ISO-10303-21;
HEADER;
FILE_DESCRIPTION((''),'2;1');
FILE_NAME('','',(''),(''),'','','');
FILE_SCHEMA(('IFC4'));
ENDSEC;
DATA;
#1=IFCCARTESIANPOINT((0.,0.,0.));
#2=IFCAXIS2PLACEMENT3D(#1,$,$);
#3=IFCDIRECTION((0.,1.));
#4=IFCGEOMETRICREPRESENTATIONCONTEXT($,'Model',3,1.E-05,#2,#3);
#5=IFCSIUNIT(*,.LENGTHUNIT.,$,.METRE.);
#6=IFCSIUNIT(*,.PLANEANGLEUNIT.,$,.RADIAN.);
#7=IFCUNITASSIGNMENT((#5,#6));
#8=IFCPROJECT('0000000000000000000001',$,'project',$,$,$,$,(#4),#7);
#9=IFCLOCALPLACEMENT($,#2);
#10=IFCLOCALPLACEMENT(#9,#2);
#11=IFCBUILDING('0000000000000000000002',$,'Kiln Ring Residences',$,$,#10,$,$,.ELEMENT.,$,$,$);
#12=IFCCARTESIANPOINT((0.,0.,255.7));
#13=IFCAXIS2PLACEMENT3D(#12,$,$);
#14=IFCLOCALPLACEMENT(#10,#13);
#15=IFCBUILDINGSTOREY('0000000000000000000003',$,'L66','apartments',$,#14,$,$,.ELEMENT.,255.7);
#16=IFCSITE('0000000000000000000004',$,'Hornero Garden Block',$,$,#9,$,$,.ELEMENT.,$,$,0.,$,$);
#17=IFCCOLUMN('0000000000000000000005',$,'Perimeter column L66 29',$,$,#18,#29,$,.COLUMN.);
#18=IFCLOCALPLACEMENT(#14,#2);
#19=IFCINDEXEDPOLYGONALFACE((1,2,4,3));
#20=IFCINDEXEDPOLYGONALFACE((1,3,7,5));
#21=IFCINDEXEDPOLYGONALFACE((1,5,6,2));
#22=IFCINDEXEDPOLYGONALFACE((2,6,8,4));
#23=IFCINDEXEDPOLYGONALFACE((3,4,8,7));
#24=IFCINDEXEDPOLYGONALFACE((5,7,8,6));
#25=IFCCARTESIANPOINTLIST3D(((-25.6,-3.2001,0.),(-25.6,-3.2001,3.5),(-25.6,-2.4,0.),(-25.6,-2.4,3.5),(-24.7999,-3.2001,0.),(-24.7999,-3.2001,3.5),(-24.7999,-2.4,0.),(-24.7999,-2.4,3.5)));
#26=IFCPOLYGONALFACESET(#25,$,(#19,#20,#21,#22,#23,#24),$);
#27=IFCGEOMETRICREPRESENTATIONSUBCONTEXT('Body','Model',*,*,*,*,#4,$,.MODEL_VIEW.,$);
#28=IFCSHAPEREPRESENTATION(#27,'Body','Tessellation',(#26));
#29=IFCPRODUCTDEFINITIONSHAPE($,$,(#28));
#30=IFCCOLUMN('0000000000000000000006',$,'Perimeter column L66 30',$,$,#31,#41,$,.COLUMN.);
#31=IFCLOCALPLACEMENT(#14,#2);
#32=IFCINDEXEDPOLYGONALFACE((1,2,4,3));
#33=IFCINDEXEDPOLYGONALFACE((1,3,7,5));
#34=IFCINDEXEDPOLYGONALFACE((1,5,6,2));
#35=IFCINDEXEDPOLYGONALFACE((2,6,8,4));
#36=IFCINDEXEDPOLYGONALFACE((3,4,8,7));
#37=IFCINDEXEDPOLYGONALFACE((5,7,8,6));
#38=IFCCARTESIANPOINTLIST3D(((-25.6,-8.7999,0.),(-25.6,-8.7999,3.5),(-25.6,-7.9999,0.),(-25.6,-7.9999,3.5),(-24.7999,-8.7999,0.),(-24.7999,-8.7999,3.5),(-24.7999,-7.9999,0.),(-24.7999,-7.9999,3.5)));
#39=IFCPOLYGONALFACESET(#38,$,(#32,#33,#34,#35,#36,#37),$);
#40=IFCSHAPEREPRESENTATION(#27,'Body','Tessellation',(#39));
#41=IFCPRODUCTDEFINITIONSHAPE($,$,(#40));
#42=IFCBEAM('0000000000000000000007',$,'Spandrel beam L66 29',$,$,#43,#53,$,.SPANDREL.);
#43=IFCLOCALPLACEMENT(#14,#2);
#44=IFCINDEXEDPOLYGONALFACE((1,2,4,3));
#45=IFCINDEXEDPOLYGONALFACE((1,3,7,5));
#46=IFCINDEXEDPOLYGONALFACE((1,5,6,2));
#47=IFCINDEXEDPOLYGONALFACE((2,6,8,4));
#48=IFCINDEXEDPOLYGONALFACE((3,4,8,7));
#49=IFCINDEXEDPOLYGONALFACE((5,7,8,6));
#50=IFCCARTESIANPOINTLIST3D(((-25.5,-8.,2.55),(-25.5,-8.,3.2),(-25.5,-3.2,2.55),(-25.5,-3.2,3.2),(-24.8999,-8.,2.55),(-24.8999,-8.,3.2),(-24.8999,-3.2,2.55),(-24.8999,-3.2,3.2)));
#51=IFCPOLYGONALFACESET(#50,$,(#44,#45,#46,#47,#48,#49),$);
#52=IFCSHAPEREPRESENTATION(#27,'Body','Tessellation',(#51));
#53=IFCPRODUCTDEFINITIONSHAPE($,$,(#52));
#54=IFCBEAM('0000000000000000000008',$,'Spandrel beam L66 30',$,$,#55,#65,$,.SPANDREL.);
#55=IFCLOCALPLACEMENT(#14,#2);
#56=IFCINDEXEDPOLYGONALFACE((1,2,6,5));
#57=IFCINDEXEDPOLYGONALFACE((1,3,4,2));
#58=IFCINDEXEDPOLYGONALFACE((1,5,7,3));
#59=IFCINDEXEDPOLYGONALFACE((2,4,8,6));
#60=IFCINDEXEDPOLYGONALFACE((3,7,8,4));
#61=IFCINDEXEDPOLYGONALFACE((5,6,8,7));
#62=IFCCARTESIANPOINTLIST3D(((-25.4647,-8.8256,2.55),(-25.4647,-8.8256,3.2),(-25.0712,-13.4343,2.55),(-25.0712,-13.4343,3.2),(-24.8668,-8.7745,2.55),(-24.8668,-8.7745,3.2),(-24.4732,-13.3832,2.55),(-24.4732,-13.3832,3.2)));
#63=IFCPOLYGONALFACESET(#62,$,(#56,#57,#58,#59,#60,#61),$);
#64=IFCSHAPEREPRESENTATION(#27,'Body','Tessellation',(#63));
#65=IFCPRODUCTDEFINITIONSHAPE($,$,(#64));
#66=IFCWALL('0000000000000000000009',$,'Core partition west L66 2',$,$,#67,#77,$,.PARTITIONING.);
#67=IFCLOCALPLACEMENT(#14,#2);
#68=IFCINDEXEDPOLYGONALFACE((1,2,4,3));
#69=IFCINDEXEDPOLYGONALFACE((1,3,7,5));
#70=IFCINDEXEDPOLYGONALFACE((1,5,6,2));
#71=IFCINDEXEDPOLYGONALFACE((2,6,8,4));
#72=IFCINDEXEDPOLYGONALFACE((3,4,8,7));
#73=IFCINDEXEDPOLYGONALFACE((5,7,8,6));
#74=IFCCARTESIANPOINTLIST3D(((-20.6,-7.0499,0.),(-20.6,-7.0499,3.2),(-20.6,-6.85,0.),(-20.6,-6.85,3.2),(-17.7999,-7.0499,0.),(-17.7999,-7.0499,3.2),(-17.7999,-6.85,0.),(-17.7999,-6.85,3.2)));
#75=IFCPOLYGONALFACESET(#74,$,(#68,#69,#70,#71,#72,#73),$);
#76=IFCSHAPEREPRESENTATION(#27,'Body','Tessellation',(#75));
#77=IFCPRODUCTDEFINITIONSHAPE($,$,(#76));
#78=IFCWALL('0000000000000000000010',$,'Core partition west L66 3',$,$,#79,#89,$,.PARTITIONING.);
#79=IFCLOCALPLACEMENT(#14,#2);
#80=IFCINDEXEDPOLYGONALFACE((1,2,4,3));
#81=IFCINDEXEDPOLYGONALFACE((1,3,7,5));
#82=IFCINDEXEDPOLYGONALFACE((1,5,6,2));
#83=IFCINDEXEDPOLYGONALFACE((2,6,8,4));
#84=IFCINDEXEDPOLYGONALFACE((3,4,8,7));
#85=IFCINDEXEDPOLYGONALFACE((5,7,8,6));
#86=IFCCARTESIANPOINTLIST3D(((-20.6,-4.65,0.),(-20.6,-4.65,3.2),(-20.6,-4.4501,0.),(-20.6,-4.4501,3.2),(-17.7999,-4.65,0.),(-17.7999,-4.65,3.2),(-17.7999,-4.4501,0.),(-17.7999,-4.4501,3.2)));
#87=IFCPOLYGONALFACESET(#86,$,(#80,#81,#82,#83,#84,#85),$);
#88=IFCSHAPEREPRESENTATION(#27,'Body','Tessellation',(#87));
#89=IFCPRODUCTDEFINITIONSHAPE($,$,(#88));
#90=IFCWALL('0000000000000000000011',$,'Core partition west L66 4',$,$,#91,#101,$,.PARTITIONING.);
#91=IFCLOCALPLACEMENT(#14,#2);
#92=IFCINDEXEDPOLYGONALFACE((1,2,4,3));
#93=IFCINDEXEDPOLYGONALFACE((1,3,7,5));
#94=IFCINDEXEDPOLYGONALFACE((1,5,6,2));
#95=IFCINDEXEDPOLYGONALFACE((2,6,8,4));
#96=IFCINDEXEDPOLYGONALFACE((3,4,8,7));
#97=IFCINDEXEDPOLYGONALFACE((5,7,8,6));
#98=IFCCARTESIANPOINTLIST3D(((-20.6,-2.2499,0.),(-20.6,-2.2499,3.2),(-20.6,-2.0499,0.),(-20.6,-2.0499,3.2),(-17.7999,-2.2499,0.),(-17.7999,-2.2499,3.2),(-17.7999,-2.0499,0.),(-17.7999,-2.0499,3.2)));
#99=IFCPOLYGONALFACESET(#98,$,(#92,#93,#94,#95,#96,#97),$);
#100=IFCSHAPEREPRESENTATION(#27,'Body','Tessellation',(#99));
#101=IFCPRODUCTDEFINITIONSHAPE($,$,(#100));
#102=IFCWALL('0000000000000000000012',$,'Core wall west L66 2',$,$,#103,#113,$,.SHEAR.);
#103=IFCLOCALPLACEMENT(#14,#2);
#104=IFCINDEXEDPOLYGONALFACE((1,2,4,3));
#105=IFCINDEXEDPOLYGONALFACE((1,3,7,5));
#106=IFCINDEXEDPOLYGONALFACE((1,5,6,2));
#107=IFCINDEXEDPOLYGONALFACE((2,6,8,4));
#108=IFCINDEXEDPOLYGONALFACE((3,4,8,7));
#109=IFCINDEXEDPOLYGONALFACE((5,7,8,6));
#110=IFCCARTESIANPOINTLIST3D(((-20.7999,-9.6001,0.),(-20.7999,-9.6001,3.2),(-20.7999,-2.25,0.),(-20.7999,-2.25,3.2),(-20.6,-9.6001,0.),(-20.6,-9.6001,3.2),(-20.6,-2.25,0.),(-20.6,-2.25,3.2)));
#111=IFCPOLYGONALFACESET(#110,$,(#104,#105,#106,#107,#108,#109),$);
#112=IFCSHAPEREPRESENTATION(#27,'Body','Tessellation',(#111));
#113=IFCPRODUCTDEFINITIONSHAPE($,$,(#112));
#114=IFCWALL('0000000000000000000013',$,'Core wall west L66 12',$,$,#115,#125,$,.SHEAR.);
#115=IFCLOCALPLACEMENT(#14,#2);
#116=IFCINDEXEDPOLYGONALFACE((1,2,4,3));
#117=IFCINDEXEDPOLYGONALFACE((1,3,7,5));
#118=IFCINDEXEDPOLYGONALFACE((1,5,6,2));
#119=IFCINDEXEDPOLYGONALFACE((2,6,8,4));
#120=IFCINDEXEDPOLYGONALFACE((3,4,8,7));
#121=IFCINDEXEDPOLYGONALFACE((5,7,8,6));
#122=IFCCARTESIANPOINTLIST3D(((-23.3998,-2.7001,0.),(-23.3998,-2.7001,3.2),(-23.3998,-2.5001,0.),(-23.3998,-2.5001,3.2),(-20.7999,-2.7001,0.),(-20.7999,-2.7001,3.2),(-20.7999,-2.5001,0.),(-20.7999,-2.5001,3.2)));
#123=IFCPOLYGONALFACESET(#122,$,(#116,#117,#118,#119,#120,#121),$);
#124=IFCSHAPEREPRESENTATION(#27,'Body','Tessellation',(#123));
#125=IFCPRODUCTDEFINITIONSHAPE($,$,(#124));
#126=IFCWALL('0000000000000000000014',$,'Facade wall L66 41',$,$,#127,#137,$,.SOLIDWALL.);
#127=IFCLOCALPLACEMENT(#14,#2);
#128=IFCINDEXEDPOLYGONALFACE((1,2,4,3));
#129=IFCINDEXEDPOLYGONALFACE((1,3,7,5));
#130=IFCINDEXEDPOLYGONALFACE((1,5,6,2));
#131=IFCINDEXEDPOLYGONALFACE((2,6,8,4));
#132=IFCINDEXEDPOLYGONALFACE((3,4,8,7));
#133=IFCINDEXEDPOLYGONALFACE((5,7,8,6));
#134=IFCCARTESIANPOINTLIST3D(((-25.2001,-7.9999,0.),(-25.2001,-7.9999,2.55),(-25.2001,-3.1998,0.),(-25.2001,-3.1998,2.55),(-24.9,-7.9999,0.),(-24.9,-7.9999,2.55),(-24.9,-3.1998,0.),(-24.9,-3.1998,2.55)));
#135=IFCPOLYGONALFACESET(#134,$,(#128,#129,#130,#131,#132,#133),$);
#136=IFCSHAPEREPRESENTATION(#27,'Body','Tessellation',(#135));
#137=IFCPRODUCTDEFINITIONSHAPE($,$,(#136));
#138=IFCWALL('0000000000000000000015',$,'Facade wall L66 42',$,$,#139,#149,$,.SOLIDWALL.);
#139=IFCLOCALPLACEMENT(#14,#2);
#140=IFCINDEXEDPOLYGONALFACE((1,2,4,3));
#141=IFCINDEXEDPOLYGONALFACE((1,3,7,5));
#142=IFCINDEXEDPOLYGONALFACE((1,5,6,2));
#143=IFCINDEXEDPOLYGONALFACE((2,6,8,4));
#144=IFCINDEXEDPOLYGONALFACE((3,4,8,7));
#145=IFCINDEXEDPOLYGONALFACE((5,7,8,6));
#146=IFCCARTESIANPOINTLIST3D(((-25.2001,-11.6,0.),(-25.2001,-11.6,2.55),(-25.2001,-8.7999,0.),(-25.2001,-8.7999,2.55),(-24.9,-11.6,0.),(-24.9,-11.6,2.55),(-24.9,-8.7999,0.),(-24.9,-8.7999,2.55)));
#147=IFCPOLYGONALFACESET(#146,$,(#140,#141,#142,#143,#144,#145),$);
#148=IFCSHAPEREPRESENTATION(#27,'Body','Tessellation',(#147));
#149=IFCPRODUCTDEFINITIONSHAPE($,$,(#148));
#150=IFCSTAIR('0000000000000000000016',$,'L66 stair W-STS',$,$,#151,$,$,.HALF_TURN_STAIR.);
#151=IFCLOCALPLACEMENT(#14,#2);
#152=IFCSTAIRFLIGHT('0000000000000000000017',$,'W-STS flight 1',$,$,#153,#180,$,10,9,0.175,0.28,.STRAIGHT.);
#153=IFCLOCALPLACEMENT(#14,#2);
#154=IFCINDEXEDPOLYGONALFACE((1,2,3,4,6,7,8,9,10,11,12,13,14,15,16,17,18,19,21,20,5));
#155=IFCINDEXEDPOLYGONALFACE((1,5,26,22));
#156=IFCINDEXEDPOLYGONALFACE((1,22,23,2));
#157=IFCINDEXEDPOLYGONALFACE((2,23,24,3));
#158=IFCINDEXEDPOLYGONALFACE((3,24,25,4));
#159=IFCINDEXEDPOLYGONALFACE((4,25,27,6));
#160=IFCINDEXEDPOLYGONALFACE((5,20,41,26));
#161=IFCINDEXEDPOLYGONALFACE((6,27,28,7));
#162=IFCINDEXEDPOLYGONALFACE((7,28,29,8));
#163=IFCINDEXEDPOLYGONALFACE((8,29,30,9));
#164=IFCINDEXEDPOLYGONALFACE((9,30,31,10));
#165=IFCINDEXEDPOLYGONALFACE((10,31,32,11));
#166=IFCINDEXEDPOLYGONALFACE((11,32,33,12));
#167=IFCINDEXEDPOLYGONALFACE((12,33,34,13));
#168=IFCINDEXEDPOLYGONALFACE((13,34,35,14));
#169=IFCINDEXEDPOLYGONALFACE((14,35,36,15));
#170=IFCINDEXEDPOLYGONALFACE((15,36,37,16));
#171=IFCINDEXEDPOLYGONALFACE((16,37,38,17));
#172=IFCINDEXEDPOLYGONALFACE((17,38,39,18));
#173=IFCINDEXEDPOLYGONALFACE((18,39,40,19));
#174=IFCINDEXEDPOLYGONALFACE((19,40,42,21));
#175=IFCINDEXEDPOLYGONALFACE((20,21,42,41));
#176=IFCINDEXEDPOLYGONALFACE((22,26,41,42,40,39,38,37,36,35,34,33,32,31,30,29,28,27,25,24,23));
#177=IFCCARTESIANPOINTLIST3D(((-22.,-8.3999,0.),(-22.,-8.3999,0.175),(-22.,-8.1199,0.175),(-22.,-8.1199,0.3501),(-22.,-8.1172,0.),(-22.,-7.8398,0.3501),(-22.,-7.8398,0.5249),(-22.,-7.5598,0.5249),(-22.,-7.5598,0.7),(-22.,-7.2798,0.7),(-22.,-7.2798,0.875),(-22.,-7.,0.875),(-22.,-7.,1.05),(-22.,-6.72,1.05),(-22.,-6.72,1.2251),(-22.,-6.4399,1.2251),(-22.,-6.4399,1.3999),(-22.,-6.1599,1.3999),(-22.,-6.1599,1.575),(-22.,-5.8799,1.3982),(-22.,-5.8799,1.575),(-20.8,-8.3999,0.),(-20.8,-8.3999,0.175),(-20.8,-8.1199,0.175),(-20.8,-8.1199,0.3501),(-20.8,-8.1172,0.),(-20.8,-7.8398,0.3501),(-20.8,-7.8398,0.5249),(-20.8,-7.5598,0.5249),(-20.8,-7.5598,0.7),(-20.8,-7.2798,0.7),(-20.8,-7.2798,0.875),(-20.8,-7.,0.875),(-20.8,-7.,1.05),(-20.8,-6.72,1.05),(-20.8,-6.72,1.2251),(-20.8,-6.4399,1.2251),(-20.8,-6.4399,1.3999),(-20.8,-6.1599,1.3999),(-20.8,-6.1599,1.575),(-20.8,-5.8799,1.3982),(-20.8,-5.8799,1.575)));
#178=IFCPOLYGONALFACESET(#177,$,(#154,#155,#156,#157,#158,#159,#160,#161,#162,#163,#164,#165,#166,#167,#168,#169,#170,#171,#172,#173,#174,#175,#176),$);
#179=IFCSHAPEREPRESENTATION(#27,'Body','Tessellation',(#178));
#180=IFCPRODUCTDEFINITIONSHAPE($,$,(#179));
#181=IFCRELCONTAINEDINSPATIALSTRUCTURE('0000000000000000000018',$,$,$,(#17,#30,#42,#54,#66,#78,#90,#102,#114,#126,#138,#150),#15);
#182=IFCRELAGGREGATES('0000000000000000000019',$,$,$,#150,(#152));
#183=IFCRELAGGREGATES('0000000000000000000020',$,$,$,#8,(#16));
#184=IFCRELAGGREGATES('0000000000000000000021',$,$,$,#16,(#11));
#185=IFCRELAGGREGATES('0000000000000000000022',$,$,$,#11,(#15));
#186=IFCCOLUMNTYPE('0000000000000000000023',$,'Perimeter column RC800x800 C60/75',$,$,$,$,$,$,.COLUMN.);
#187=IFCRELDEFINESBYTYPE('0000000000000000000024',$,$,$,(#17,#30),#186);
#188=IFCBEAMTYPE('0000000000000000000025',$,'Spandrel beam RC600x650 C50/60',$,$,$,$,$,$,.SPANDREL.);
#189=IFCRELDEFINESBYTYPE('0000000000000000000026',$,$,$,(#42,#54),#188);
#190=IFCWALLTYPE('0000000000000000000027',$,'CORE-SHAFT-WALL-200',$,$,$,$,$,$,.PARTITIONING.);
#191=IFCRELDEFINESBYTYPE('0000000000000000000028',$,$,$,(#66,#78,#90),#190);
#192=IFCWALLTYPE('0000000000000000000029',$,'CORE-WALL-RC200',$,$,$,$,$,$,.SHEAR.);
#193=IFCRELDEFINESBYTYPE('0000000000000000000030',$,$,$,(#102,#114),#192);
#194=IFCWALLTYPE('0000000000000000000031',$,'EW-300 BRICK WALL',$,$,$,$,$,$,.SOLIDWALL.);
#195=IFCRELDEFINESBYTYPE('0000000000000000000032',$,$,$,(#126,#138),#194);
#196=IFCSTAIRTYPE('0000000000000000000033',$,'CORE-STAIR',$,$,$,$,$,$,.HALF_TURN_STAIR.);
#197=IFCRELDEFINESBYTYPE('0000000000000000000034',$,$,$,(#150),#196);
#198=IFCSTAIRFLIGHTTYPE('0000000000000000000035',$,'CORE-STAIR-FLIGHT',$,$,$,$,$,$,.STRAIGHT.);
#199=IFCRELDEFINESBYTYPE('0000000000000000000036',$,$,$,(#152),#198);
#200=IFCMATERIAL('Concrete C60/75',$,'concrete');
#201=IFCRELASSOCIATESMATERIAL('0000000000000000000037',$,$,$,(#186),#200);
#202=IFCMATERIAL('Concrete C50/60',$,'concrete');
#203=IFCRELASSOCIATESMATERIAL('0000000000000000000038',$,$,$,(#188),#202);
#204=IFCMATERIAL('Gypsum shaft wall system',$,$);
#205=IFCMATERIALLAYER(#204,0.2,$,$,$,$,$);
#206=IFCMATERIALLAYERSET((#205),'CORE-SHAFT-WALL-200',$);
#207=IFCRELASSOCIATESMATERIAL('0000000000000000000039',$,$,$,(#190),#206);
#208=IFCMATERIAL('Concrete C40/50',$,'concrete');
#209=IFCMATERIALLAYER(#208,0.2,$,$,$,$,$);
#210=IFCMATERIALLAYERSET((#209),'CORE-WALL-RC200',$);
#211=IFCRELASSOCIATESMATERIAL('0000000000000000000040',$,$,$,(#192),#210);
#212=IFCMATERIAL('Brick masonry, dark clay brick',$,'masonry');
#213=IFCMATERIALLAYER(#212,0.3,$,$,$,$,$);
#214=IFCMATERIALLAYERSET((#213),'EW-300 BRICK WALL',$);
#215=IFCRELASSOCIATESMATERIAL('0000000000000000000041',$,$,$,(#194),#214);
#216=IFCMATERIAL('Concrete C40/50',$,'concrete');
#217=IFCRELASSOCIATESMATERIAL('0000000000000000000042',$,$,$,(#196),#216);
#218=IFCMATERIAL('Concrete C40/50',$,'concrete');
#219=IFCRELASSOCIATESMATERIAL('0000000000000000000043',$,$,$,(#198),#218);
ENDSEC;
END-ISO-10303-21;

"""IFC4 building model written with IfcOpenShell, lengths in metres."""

from ifc_helpers import new_model, si_unit, direction, frame, frame_2d, origin, origin_2d, place, context, subcontext, project, spatial, polyline, rectangle, outline, extrude, material, layer, layer_set, material_profile, profile_set, type_object, element, aggregate, save


model = new_model("IFC4")

# Units and contexts
model_context = context("Model", 3, precision=1e-05, world=origin(), true_north=direction((0.0, 1.0)))
body_context = subcontext(model_context, "Body", "Model", "MODEL_VIEW")
ifc_project = project(units=[si_unit("LENGTHUNIT", "METRE"), si_unit("PLANEANGLEUNIT", "RADIAN")], contexts=[model_context])

# Site, building, storey
site_placement = place(None, origin())
site = spatial("IfcSite", under=ifc_project, at=site_placement, Name="Hornero Garden Block", CompositionType="ELEMENT", RefElevation=0.0)
building_placement = place(site_placement, origin())
building = spatial("IfcBuilding", under=site, at=building_placement, Name="Kiln Ring Residences", CompositionType="ELEMENT")
storey_placement = place(building_placement, frame((0.0, 0.0, 255.7)))
storey = spatial("IfcBuildingStorey", under=building, at=storey_placement, Name="L66", Description="apartments", CompositionType="ELEMENT", Elevation=255.7)

# Columns
ifc_material_1 = material(Name="Concrete C60/75", Category="concrete")
ifc_material_profile_1 = material_profile(ifc_material_1, rectangle(XDim=0.8, YDim=0.8, at=origin_2d()), Name="RC800x800")
ifc_profile_set_1 = profile_set([ifc_material_profile_1], Name="Concrete C60/75")
column_type = type_object("IfcColumnType", Name="Perimeter column RC800x800 C60/75", PredefinedType="COLUMN", material=ifc_profile_set_1)
for number, where, z_axis, x_axis, name in (
    (1, (-25.2, -2.8, 0.0), (0.0, 0.0, 1.0), (1.0, 0.0, 0.0), "Perimeter column L66 29"),
    (2, (-25.2, -8.3999, 0.0), (0.0, 0.0, 1.0), (1.0, 0.0, 0.0), "Perimeter column L66 30"),
):
    element("IfcColumn", number, at=place(storey_placement, frame(where, z_axis=z_axis, x_axis=x_axis)), inside=storey, type_object=column_type, Name=name, PredefinedType="COLUMN", context=body_context, shape_type="SweptSolid", body=[
        extrude(rectangle(XDim=0.8, YDim=0.8, at=origin_2d()), origin(), (0.0, 0.0, 1.0), 3.5),
    ])

# Beams
ifc_material_2 = material(Name="Concrete C50/60", Category="concrete")
ifc_material_profile_2 = material_profile(ifc_material_2, rectangle(XDim=0.6001, YDim=0.6499, at=origin_2d()), Name="RC600x650")
ifc_profile_set_2 = profile_set([ifc_material_profile_2], Name="Concrete C50/60")
beam_type = type_object("IfcBeamType", Name="Spandrel beam RC600x650 C50/60", PredefinedType="SPANDREL", material=ifc_profile_set_2)
beam_1_placement = place(storey_placement, frame((-25.2, -3.2, 2.875), z_axis=(0.0, -1.0, 0.0), x_axis=(1.0, 0.0, 0.0)))
element("IfcBeam", 3, at=beam_1_placement, inside=storey, type_object=beam_type, Name="Spandrel beam L66 29", PredefinedType="SPANDREL", context=body_context, shape_type="SweptSolid", body=[
    extrude(rectangle(XDim=0.6001, YDim=0.6499, at=origin_2d()), origin(), (0.0, 0.0, 1.0), 4.8),
])
beam_2_placement = place(storey_placement, frame((-25.1658, -8.8, 2.875), z_axis=(0.085085, -0.996374, 0.0), x_axis=(0.996374, 0.085085, 0.0)))
element("IfcBeam", 4, at=beam_2_placement, inside=storey, type_object=beam_type, Name="Spandrel beam L66 30", PredefinedType="SPANDREL", context=body_context, shape_type="SweptSolid", body=[
    extrude(rectangle(XDim=0.6001, YDim=0.6499, at=origin_2d()), origin(), (0.0, 0.0, 1.0), 4.6255),
])

# Walls
ifc_material_3 = material(Name="Gypsum shaft wall system")
ifc_layer_1 = layer(ifc_material_3, 0.2)
ifc_layer_set_1 = layer_set([ifc_layer_1], Name="CORE-SHAFT-WALL-200")
wall_type_1 = type_object("IfcWallType", Name="CORE-SHAFT-WALL-200", PredefinedType="PARTITIONING", material=ifc_layer_set_1)
for number, where, z_axis, x_axis, name in (
    (5, (-17.8, -6.95, 0.0), (0.0, 0.0, 1.0), (-1.0, 0.0, 0.0), "Core partition west L66 2"),
    (6, (-17.8, -4.55, 0.0), (0.0, 0.0, 1.0), (-1.0, 0.0, 0.0), "Core partition west L66 3"),
    (7, (-17.8, -2.1499, 0.0), (0.0, 0.0, 1.0), (-1.0, 0.0, 0.0), "Core partition west L66 4"),
):
    element("IfcWall", number, at=place(storey_placement, frame(where, z_axis=z_axis, x_axis=x_axis)), inside=storey, type_object=wall_type_1, Name=name, PredefinedType="PARTITIONING", context=body_context, shape_type="SweptSolid", body=[
        extrude(rectangle(XDim=2.8, YDim=0.2, at=frame_2d((1.3999, 0.0))), origin(), (0.0, 0.0, 1.0), 3.2),
    ])
ifc_material_4 = material(Name="Concrete C40/50", Category="concrete")
ifc_layer_2 = layer(ifc_material_4, 0.2)
ifc_layer_set_2 = layer_set([ifc_layer_2], Name="CORE-WALL-RC200")
wall_type_2 = type_object("IfcWallType", Name="CORE-WALL-RC200", PredefinedType="SHEAR", material=ifc_layer_set_2)
wall_1_placement = place(storey_placement, frame((-20.7, -9.6001, 0.0), z_axis=(0.0, 0.0, 1.0), x_axis=(0.0, 1.0, 0.0)))
element("IfcWall", 8, at=wall_1_placement, inside=storey, type_object=wall_type_2, Name="Core wall west L66 2", PredefinedType="SHEAR", context=body_context, shape_type="SweptSolid", body=[
    extrude(rectangle(XDim=7.3501, YDim=0.2, at=frame_2d((3.675, 0.0))), origin(), (0.0, 0.0, 1.0), 3.2),
])
wall_2_placement = place(storey_placement, frame((-20.8, -2.6001, 0.0), z_axis=(0.0, 0.0, 1.0), x_axis=(-1.0, 0.0, 0.0)))
element("IfcWall", 9, at=wall_2_placement, inside=storey, type_object=wall_type_2, Name="Core wall west L66 12", PredefinedType="SHEAR", context=body_context, shape_type="SweptSolid", body=[
    extrude(rectangle(XDim=2.5999, YDim=0.2, at=frame_2d((1.2998, 0.0))), origin(), (0.0, 0.0, 1.0), 3.2),
])
ifc_material_5 = material(Name="Brick masonry, dark clay brick", Category="masonry")
ifc_layer_3 = layer(ifc_material_5, 0.3)
ifc_layer_set_3 = layer_set([ifc_layer_3], Name="EW-300 BRICK WALL")
wall_type_3 = type_object("IfcWallType", Name="EW-300 BRICK WALL", PredefinedType="SOLIDWALL", material=ifc_layer_set_3)
wall_3_placement = place(storey_placement, frame((-25.05, -3.2, 0.0), z_axis=(0.0, 0.0, 1.0), x_axis=(0.0, -1.0, 0.0)))
element("IfcWall", 10, at=wall_3_placement, inside=storey, type_object=wall_type_3, Name="Facade wall L66 41", PredefinedType="SOLIDWALL", context=body_context, shape_type="SweptSolid", body=[
    extrude(rectangle(XDim=4.8, YDim=0.3, at=frame_2d((2.3999, 0.0))), origin(), (0.0, 0.0, 1.0), 2.55),
])
wall_4_placement = place(storey_placement, frame((-25.05, -8.8, 0.0), z_axis=(0.0, 0.0, 1.0), x_axis=(0.0, -1.0, 0.0)))
element("IfcWall", 11, at=wall_4_placement, inside=storey, type_object=wall_type_3, Name="Facade wall L66 42", PredefinedType="SOLIDWALL", context=body_context, shape_type="SweptSolid", body=[
    extrude(rectangle(XDim=2.8, YDim=0.3, at=frame_2d((1.3999, 0.0))), origin(), (0.0, 0.0, 1.0), 2.55),
])

# Stair, stair flight
ifc_material_6 = material(Name="Concrete C40/50", Category="concrete")
stair_type = type_object("IfcStairType", Name="CORE-STAIR", PredefinedType="HALF_TURN_STAIR", material=ifc_material_6)
stair_placement = place(storey_placement, origin())
stair = element("IfcStair", 12, at=stair_placement, inside=storey, type_object=stair_type, Name="L66 stair W-STS", PredefinedType="HALF_TURN_STAIR")
ifc_material_7 = material(Name="Concrete C40/50", Category="concrete")
stair_flight_type = type_object("IfcStairFlightType", Name="CORE-STAIR-FLIGHT", PredefinedType="STRAIGHT", material=ifc_material_7)
stair_flight_1_placement = place(storey_placement, frame((-21.3999, -8.3999, 0.0), z_axis=(0.0, 0.0, 1.0), x_axis=(0.0, 1.0, 0.0)))
stair_flight_1 = element("IfcStairFlight", 13, at=stair_flight_1_placement, type_object=stair_flight_type, Name="W-STS flight 1", NumberOfRisers=10, NumberOfTreads=9, PredefinedType="STRAIGHT", RiserHeight=0.175, TreadLength=0.28, context=body_context, shape_type="SweptSolid", body=[
    extrude(outline(polyline([(0.0, 0.0), (0.0, 0.175), (0.28, 0.175), (0.28, 0.3501), (0.5601, 0.3501), (0.5601, 0.5249), (0.8401, 0.5249), (0.8401, 0.7), (1.1201, 0.7), (1.1201, 0.875), (1.3999, 0.875), (1.3999, 1.05), (1.6799, 1.05), (1.6799, 1.2251), (1.96, 1.2251), (1.96, 1.3999), (2.24, 1.3999), (2.24, 1.575), (2.52, 1.575), (2.52, 1.75), (2.52, 1.3982), (0.2827, 0.0), (0.0, 0.0)])), frame((0.0, 0.6001, 0.0), z_axis=(0.0, -1.0, 0.0), x_axis=(1.0, 0.0, 0.0)), (0.0, 0.0, 1.0), 1.2),
])
aggregate(stair, [stair_flight_1])

save(model, "model.ifc")
